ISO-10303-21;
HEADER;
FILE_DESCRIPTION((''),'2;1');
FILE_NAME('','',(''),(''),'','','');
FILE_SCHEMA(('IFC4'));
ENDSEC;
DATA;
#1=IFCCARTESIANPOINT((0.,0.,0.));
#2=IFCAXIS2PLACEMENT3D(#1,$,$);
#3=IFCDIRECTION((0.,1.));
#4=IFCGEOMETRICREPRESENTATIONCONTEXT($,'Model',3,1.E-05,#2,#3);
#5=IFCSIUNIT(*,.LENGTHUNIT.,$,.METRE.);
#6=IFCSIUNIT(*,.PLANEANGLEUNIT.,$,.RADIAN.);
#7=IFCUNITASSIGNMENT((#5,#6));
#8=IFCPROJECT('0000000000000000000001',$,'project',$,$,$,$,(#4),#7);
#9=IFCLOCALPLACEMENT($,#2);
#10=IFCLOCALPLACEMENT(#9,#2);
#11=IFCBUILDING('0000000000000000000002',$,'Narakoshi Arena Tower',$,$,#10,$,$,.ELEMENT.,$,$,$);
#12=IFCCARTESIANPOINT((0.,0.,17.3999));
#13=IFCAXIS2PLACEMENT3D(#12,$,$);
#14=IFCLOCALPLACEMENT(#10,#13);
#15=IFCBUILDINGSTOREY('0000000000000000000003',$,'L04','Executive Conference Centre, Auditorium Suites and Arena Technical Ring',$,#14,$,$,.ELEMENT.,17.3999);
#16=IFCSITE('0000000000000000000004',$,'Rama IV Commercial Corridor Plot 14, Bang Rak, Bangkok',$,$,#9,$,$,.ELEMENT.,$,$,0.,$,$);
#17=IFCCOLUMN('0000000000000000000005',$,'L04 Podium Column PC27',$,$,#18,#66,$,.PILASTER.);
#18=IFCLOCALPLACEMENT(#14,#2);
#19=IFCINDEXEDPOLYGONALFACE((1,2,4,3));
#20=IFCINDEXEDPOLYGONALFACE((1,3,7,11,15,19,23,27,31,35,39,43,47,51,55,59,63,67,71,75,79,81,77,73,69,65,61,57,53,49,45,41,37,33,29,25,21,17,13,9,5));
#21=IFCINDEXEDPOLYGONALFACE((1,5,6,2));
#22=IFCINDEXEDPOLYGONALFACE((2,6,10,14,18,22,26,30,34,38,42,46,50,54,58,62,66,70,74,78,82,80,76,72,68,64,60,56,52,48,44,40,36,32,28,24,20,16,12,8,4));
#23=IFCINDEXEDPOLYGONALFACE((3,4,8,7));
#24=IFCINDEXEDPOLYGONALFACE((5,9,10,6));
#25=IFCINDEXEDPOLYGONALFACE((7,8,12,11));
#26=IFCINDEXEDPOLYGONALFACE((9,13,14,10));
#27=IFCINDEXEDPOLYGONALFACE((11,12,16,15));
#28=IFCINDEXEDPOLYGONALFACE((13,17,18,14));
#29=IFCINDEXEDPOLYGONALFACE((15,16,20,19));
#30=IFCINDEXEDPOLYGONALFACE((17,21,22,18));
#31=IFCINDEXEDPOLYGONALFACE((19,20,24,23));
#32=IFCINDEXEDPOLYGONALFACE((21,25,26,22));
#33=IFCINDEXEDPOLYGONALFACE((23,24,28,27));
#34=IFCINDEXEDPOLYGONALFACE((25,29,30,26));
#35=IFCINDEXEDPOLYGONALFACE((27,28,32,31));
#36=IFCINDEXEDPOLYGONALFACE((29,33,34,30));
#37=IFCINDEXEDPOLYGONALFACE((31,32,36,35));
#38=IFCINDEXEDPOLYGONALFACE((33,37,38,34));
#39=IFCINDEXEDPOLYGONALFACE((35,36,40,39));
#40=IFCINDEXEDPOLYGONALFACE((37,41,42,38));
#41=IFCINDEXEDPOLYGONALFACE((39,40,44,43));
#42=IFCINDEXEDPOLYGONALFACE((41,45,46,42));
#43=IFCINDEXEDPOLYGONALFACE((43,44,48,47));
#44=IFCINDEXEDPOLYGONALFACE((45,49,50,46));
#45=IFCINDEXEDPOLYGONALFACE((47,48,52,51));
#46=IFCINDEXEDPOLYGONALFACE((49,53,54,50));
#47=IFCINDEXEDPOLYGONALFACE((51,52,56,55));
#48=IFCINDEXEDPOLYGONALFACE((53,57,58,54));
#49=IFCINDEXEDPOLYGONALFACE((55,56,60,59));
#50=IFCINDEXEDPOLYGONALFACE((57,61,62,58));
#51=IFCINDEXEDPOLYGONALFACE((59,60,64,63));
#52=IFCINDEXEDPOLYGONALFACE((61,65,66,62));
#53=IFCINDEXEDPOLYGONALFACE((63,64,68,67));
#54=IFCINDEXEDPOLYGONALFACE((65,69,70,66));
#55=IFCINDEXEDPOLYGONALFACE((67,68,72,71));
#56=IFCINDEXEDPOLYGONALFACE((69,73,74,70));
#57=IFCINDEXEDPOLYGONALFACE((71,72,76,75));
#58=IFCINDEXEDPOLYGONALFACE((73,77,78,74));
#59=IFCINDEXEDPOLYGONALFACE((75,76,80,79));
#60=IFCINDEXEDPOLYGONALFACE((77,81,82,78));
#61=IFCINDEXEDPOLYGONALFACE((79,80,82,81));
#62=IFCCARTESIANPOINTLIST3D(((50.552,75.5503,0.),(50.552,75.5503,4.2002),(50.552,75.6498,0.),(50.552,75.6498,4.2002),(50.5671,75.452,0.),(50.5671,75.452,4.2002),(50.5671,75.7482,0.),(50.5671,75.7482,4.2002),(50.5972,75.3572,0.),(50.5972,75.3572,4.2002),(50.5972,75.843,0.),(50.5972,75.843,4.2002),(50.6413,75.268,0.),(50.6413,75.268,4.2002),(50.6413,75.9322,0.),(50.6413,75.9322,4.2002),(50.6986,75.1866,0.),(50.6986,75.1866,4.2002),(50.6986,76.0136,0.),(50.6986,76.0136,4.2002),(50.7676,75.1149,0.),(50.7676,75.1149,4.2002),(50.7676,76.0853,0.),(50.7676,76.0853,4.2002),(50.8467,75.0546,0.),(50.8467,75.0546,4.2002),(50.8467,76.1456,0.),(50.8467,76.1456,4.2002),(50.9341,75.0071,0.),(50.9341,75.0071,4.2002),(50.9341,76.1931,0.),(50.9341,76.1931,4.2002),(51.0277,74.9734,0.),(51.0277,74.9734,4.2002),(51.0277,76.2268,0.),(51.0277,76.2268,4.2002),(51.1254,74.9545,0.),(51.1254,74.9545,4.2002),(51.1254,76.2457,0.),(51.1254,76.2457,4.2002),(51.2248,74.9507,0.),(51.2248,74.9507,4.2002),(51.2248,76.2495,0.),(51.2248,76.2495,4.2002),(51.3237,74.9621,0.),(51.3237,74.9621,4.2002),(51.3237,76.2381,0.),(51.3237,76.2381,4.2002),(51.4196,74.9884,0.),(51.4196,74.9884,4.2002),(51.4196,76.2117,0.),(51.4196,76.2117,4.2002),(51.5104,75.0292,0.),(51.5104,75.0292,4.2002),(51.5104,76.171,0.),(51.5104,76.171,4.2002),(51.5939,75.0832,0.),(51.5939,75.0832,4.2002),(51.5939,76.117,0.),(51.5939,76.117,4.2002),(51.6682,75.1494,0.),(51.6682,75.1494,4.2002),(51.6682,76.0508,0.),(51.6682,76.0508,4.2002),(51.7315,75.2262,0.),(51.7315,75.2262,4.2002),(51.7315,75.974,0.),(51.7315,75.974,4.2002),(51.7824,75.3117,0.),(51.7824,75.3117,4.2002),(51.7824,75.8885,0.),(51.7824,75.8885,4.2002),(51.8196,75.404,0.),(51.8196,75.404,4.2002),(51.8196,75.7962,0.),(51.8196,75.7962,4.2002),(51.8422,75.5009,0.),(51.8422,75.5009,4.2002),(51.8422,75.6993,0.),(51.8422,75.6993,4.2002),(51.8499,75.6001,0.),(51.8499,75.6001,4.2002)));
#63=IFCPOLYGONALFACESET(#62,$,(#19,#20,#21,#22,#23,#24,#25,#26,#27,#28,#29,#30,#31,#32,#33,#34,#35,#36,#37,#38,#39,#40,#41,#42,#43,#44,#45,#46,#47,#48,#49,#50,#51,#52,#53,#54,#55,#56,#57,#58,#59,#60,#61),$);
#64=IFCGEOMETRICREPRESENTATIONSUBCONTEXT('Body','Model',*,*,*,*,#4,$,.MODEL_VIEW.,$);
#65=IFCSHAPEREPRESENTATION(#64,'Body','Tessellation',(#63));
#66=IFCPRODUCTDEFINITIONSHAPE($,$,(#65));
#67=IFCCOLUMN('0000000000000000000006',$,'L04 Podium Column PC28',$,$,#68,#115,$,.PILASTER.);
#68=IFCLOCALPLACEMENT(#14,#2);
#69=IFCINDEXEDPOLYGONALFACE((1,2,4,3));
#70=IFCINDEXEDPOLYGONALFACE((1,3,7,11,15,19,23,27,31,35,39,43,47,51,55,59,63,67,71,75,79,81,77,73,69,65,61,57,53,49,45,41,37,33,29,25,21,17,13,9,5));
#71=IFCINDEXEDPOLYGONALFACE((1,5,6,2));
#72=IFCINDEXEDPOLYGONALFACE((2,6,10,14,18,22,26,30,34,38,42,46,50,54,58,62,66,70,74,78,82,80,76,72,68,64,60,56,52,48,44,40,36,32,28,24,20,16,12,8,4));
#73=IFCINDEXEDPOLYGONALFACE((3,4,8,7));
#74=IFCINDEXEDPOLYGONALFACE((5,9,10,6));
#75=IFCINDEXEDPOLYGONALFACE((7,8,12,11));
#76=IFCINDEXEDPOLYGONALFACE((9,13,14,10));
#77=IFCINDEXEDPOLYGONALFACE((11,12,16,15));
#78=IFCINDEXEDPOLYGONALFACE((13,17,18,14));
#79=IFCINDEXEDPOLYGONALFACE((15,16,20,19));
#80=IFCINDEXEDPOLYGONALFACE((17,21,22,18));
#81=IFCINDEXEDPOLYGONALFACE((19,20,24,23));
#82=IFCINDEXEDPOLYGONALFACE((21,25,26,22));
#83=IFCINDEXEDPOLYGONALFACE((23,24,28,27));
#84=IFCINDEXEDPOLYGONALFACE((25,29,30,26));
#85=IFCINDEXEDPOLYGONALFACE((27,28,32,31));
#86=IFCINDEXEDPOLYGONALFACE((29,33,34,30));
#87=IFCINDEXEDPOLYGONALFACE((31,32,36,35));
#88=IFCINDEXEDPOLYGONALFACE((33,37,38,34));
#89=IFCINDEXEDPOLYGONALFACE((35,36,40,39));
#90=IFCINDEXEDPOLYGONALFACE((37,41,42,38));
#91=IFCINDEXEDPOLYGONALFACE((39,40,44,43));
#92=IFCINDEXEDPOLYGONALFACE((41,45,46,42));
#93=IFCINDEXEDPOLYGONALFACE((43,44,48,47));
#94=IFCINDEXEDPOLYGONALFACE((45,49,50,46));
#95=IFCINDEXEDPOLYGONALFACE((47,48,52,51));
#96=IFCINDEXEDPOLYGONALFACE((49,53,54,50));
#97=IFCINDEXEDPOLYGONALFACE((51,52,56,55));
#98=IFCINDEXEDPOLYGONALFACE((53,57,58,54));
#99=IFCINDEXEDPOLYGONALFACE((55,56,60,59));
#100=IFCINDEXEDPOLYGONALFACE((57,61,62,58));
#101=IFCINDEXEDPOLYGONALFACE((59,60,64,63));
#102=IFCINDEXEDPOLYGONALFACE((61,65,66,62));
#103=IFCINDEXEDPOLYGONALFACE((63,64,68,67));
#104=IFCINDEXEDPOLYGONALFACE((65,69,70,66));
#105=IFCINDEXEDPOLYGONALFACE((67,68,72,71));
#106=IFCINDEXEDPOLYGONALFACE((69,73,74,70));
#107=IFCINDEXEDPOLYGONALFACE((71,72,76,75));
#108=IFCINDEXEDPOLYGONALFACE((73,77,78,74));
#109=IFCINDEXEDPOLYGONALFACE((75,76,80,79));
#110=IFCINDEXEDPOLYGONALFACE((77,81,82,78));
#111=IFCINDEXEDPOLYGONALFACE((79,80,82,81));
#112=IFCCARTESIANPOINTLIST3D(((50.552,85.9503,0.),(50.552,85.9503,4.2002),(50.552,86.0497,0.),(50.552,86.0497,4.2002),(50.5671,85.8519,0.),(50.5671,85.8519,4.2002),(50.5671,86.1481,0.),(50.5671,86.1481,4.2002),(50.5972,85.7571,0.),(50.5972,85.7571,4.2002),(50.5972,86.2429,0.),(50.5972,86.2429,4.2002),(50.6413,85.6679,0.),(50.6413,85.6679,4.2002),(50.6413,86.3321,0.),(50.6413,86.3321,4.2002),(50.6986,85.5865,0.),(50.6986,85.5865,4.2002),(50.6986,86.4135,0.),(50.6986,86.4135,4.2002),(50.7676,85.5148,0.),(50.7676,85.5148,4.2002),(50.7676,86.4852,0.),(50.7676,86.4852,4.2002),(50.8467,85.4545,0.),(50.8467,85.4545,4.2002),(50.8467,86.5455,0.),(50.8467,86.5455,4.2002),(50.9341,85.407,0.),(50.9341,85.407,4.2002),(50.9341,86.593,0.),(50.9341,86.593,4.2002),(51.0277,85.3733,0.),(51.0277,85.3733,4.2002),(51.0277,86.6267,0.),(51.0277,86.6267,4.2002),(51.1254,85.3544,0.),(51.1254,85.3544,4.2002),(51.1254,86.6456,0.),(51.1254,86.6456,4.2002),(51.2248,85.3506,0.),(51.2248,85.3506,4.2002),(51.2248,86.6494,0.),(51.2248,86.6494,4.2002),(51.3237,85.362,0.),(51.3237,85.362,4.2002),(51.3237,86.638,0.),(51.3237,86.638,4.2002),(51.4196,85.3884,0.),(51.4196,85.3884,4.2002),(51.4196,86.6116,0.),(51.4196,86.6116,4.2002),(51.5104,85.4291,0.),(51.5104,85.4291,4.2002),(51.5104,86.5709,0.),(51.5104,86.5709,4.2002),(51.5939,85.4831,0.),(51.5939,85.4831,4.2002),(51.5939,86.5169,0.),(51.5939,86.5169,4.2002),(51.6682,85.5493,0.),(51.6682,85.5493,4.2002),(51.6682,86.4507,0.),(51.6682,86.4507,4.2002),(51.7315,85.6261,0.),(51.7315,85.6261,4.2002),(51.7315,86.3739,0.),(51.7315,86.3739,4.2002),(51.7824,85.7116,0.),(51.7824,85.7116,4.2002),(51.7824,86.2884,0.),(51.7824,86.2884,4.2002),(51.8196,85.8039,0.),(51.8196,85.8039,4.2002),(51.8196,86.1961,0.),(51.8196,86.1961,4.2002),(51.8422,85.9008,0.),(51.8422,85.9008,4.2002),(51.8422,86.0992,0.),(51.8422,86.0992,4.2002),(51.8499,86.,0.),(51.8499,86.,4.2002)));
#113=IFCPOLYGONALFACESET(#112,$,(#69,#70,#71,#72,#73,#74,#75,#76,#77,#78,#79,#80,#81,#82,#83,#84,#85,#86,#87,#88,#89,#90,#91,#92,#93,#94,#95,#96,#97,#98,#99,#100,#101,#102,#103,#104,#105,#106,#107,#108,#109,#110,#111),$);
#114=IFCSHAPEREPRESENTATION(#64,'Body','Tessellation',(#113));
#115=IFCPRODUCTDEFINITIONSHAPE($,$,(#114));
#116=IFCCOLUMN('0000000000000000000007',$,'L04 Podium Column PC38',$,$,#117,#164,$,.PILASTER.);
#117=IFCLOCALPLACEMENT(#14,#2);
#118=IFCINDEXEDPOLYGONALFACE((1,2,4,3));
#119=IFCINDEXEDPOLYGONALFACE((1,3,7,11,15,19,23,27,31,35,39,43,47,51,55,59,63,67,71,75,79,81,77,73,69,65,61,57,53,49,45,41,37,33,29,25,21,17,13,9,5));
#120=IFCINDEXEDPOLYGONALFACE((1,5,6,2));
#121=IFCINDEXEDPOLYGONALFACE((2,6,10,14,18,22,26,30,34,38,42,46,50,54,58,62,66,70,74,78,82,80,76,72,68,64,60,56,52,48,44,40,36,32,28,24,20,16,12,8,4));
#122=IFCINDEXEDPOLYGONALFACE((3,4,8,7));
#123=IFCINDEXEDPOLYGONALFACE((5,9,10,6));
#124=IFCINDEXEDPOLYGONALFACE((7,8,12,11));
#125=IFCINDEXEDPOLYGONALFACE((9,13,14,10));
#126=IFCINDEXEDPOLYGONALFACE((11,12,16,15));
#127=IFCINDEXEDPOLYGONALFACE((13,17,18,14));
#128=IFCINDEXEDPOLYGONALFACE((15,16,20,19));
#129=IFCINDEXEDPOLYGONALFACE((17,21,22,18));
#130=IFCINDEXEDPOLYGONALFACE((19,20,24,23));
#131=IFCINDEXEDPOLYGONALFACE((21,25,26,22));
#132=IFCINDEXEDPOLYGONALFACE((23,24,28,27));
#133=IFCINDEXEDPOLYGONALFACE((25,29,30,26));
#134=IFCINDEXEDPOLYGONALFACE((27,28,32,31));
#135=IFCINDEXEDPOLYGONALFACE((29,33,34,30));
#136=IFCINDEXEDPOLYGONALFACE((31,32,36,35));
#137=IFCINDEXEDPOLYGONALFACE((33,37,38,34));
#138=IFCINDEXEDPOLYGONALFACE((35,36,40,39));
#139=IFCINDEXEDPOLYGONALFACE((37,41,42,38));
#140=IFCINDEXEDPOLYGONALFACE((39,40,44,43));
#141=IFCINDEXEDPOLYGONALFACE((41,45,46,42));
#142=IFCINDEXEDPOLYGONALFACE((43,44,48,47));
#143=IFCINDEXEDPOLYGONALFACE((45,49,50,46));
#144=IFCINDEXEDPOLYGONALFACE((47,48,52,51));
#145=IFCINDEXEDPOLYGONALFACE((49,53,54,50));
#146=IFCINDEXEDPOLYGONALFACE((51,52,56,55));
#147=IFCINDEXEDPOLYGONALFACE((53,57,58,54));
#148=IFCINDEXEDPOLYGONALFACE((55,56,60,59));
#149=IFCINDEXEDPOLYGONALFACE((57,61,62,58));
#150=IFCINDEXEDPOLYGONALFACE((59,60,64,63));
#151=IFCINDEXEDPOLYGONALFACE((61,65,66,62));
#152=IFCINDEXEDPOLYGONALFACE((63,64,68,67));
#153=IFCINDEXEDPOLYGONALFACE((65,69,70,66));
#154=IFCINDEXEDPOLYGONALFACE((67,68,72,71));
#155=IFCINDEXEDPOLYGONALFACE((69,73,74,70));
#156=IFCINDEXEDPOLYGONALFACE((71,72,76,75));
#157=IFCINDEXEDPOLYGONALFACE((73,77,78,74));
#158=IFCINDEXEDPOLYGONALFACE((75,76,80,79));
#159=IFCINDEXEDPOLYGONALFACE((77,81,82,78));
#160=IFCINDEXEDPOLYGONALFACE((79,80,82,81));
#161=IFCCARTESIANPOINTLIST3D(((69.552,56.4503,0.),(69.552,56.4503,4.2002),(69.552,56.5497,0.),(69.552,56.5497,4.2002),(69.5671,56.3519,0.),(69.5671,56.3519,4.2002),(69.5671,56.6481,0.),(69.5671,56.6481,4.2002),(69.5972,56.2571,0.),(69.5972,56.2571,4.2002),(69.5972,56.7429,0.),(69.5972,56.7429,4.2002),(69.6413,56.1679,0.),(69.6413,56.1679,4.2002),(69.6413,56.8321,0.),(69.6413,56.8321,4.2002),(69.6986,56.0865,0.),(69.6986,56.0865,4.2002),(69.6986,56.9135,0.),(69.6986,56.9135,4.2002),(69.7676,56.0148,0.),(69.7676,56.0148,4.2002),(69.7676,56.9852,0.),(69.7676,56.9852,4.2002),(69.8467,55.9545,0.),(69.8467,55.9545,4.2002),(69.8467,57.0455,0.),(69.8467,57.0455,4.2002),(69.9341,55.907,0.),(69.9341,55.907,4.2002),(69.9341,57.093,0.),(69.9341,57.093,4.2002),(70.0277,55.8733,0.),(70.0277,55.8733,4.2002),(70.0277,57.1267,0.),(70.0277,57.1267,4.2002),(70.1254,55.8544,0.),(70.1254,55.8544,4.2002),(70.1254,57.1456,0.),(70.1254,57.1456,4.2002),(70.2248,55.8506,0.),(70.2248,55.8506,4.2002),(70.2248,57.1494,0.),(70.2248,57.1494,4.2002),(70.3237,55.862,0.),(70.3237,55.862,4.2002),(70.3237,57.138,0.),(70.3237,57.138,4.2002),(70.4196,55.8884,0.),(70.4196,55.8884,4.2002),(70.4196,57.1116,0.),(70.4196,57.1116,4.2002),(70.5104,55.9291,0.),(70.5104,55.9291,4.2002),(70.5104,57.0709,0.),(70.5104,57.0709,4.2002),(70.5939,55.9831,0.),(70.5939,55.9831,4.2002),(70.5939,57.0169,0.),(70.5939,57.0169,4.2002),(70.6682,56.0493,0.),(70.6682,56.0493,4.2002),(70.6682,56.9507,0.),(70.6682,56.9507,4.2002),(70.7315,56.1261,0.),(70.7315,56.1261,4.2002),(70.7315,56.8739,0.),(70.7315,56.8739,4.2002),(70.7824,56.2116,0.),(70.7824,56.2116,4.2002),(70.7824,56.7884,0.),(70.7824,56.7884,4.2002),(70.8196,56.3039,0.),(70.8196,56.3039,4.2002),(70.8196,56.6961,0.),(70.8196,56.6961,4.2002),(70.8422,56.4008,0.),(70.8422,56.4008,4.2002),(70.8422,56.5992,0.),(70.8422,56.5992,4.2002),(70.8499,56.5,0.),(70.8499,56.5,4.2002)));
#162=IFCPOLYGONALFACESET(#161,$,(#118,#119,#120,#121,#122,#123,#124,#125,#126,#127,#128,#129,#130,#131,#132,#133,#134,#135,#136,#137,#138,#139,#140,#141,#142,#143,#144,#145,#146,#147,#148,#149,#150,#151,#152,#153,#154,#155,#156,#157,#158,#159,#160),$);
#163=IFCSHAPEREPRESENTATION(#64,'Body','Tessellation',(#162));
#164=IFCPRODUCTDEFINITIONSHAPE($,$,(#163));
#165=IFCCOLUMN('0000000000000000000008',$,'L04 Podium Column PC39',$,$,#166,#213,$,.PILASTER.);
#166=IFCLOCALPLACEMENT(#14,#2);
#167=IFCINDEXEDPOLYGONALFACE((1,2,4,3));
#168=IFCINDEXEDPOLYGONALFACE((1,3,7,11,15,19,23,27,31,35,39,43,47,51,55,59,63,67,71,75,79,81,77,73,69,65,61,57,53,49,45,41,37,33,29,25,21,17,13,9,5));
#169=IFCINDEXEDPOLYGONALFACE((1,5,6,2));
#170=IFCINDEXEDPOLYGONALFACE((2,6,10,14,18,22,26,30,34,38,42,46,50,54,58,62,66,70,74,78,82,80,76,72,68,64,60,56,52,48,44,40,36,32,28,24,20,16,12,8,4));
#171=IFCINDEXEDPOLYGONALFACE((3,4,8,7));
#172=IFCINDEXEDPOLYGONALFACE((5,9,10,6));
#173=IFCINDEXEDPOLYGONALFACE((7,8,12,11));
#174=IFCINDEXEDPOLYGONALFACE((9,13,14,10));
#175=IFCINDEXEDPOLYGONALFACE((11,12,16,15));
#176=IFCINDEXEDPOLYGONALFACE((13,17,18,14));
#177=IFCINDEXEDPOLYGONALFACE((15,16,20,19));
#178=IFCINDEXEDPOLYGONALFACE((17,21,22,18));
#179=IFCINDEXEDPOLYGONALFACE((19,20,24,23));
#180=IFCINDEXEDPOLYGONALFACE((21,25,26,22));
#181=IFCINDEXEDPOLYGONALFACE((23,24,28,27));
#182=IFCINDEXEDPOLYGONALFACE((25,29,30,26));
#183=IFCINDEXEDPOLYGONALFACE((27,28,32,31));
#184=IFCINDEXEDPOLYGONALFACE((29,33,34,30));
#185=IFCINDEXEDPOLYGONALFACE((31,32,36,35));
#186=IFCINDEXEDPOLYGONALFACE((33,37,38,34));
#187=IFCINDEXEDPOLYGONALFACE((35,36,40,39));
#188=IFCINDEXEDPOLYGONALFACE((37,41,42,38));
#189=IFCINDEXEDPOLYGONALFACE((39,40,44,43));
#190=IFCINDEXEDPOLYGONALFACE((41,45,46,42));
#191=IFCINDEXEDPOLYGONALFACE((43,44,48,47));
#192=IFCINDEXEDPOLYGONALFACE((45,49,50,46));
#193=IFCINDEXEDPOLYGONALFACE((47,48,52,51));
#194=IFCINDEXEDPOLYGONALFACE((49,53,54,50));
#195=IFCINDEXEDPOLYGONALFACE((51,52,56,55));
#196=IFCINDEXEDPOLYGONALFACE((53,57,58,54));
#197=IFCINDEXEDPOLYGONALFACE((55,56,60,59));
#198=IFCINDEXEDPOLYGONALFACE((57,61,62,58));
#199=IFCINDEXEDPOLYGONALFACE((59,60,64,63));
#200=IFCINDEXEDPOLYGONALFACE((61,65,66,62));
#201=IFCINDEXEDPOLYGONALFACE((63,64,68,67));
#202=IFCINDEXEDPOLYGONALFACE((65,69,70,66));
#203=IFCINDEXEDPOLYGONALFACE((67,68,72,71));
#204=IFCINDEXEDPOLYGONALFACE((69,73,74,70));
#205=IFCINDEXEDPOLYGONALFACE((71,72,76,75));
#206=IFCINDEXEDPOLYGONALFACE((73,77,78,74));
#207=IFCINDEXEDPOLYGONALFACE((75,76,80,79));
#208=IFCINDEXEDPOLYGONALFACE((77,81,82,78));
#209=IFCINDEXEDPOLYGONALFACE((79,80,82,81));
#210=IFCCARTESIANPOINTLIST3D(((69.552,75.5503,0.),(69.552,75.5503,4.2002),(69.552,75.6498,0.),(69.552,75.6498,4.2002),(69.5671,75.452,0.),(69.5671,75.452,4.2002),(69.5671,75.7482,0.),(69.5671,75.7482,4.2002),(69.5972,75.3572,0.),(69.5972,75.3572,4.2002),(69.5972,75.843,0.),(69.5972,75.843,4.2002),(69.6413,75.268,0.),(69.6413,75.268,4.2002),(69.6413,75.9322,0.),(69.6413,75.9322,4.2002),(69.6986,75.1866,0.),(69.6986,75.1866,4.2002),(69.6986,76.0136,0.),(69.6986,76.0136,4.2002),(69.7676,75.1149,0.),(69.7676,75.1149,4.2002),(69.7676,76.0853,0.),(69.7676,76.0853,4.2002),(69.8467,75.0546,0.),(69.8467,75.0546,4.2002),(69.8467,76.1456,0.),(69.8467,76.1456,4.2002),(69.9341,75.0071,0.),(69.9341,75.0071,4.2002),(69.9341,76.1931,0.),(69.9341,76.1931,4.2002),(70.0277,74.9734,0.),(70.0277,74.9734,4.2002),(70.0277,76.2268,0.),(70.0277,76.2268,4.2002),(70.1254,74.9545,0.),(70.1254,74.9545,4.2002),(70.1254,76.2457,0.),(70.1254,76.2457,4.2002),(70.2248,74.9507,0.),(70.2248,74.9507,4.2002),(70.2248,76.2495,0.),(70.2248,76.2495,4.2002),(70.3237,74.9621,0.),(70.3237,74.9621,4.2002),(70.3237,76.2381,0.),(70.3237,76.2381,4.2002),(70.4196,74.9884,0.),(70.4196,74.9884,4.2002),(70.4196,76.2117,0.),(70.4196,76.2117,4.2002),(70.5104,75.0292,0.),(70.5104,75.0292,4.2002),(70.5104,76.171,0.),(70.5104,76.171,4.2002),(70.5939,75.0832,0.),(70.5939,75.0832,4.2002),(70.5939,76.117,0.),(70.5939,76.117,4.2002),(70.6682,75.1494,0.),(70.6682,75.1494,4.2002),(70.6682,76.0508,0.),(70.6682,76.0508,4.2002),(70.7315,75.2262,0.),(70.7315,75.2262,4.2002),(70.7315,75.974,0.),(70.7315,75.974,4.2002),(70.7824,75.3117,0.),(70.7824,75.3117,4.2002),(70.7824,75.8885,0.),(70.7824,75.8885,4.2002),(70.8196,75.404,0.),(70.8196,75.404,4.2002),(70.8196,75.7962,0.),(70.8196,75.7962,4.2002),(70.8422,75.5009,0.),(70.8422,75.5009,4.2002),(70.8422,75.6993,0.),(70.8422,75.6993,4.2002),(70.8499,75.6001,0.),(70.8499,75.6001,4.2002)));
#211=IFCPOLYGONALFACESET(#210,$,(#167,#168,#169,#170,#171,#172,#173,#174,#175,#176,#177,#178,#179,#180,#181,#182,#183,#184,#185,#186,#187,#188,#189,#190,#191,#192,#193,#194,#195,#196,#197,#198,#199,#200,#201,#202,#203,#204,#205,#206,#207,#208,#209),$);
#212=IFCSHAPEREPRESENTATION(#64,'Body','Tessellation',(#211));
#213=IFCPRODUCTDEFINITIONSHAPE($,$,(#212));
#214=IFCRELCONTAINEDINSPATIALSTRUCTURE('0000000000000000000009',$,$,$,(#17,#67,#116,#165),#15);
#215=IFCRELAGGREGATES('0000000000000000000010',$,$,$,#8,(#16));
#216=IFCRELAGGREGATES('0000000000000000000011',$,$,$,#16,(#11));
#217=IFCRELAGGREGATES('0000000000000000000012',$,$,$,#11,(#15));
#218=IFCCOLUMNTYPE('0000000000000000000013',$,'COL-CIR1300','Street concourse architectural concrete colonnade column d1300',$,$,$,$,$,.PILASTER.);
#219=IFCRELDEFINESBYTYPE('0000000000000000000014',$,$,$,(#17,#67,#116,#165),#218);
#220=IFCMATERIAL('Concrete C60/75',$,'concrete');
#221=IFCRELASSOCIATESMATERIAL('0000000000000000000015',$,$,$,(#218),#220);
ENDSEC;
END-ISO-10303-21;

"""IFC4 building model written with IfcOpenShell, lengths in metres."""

from ifc_helpers import new_model, si_unit, direction, frame, origin, origin_2d, place, context, subcontext, project, spatial, circle, extrude, material, material_profile, profile_set, type_object, element, save


model = new_model("IFC4")

# Units and contexts
model_context = context("Model", 3, precision=1e-05, world=origin(), true_north=direction((0.0, 1.0)))
body_context = subcontext(model_context, "Body", "Model", "MODEL_VIEW")
ifc_project = project(units=[si_unit("LENGTHUNIT", "METRE"), si_unit("PLANEANGLEUNIT", "RADIAN")], contexts=[model_context])

# Site, building, storey
site_placement = place(None, origin())
site = spatial("IfcSite", under=ifc_project, at=site_placement, Name="Rama IV Commercial Corridor Plot 14, Bang Rak, Bangkok", CompositionType="ELEMENT", RefElevation=0.0)
building_placement = place(site_placement, origin())
building = spatial("IfcBuilding", under=site, at=building_placement, Name="Narakoshi Arena Tower", CompositionType="ELEMENT")
storey_placement = place(building_placement, frame((0.0, 0.0, 17.3999)))
storey = spatial("IfcBuildingStorey", under=building, at=storey_placement, Name="L04", Description="Executive Conference Centre, Auditorium Suites and Arena Technical Ring", CompositionType="ELEMENT", Elevation=17.3999)

# Columns
ifc_material_1 = material(Name="Concrete C60/75", Category="concrete")
ifc_material_profile_1 = material_profile(ifc_material_1, circle(Radius=0.6499, at=origin_2d()), Name="RCC1300")
ifc_profile_set_1 = profile_set([ifc_material_profile_1], Name="Concrete C60/75")
column_type_1 = type_object("IfcColumnType", Name="COL-CIR1300", Description="Street concourse architectural concrete colonnade column d1300", PredefinedType="PILASTER", material=ifc_profile_set_1)
for number, where, z_axis, x_axis, name in (
    (1, (51.2, 75.6001, 0.0), (0.0, 0.0, 1.0), (1.0, 0.0, 0.0), "L04 Podium Column PC27"),
    (2, (51.2, 86.0, 0.0), (0.0, 0.0, 1.0), (1.0, 0.0, 0.0), "L04 Podium Column PC28"),
    (3, (70.2, 56.5, 0.0), (0.0, 0.0, 1.0), (1.0, 0.0, 0.0), "L04 Podium Column PC38"),
    (4, (70.2, 75.6001, 0.0), (0.0, 0.0, 1.0), (1.0, 0.0, 0.0), "L04 Podium Column PC39"),
):
    element("IfcColumn", number, at=place(storey_placement, frame(where, z_axis=z_axis, x_axis=x_axis)), inside=storey, type_object=column_type_1, Name=name, PredefinedType="PILASTER", context=body_context, shape_type="SweptSolid", body=[
        extrude(circle(Radius=0.6499, at=origin_2d()), origin(), (0.0, 0.0, 1.0), 4.2002),
    ])

save(model, "model.ifc")
